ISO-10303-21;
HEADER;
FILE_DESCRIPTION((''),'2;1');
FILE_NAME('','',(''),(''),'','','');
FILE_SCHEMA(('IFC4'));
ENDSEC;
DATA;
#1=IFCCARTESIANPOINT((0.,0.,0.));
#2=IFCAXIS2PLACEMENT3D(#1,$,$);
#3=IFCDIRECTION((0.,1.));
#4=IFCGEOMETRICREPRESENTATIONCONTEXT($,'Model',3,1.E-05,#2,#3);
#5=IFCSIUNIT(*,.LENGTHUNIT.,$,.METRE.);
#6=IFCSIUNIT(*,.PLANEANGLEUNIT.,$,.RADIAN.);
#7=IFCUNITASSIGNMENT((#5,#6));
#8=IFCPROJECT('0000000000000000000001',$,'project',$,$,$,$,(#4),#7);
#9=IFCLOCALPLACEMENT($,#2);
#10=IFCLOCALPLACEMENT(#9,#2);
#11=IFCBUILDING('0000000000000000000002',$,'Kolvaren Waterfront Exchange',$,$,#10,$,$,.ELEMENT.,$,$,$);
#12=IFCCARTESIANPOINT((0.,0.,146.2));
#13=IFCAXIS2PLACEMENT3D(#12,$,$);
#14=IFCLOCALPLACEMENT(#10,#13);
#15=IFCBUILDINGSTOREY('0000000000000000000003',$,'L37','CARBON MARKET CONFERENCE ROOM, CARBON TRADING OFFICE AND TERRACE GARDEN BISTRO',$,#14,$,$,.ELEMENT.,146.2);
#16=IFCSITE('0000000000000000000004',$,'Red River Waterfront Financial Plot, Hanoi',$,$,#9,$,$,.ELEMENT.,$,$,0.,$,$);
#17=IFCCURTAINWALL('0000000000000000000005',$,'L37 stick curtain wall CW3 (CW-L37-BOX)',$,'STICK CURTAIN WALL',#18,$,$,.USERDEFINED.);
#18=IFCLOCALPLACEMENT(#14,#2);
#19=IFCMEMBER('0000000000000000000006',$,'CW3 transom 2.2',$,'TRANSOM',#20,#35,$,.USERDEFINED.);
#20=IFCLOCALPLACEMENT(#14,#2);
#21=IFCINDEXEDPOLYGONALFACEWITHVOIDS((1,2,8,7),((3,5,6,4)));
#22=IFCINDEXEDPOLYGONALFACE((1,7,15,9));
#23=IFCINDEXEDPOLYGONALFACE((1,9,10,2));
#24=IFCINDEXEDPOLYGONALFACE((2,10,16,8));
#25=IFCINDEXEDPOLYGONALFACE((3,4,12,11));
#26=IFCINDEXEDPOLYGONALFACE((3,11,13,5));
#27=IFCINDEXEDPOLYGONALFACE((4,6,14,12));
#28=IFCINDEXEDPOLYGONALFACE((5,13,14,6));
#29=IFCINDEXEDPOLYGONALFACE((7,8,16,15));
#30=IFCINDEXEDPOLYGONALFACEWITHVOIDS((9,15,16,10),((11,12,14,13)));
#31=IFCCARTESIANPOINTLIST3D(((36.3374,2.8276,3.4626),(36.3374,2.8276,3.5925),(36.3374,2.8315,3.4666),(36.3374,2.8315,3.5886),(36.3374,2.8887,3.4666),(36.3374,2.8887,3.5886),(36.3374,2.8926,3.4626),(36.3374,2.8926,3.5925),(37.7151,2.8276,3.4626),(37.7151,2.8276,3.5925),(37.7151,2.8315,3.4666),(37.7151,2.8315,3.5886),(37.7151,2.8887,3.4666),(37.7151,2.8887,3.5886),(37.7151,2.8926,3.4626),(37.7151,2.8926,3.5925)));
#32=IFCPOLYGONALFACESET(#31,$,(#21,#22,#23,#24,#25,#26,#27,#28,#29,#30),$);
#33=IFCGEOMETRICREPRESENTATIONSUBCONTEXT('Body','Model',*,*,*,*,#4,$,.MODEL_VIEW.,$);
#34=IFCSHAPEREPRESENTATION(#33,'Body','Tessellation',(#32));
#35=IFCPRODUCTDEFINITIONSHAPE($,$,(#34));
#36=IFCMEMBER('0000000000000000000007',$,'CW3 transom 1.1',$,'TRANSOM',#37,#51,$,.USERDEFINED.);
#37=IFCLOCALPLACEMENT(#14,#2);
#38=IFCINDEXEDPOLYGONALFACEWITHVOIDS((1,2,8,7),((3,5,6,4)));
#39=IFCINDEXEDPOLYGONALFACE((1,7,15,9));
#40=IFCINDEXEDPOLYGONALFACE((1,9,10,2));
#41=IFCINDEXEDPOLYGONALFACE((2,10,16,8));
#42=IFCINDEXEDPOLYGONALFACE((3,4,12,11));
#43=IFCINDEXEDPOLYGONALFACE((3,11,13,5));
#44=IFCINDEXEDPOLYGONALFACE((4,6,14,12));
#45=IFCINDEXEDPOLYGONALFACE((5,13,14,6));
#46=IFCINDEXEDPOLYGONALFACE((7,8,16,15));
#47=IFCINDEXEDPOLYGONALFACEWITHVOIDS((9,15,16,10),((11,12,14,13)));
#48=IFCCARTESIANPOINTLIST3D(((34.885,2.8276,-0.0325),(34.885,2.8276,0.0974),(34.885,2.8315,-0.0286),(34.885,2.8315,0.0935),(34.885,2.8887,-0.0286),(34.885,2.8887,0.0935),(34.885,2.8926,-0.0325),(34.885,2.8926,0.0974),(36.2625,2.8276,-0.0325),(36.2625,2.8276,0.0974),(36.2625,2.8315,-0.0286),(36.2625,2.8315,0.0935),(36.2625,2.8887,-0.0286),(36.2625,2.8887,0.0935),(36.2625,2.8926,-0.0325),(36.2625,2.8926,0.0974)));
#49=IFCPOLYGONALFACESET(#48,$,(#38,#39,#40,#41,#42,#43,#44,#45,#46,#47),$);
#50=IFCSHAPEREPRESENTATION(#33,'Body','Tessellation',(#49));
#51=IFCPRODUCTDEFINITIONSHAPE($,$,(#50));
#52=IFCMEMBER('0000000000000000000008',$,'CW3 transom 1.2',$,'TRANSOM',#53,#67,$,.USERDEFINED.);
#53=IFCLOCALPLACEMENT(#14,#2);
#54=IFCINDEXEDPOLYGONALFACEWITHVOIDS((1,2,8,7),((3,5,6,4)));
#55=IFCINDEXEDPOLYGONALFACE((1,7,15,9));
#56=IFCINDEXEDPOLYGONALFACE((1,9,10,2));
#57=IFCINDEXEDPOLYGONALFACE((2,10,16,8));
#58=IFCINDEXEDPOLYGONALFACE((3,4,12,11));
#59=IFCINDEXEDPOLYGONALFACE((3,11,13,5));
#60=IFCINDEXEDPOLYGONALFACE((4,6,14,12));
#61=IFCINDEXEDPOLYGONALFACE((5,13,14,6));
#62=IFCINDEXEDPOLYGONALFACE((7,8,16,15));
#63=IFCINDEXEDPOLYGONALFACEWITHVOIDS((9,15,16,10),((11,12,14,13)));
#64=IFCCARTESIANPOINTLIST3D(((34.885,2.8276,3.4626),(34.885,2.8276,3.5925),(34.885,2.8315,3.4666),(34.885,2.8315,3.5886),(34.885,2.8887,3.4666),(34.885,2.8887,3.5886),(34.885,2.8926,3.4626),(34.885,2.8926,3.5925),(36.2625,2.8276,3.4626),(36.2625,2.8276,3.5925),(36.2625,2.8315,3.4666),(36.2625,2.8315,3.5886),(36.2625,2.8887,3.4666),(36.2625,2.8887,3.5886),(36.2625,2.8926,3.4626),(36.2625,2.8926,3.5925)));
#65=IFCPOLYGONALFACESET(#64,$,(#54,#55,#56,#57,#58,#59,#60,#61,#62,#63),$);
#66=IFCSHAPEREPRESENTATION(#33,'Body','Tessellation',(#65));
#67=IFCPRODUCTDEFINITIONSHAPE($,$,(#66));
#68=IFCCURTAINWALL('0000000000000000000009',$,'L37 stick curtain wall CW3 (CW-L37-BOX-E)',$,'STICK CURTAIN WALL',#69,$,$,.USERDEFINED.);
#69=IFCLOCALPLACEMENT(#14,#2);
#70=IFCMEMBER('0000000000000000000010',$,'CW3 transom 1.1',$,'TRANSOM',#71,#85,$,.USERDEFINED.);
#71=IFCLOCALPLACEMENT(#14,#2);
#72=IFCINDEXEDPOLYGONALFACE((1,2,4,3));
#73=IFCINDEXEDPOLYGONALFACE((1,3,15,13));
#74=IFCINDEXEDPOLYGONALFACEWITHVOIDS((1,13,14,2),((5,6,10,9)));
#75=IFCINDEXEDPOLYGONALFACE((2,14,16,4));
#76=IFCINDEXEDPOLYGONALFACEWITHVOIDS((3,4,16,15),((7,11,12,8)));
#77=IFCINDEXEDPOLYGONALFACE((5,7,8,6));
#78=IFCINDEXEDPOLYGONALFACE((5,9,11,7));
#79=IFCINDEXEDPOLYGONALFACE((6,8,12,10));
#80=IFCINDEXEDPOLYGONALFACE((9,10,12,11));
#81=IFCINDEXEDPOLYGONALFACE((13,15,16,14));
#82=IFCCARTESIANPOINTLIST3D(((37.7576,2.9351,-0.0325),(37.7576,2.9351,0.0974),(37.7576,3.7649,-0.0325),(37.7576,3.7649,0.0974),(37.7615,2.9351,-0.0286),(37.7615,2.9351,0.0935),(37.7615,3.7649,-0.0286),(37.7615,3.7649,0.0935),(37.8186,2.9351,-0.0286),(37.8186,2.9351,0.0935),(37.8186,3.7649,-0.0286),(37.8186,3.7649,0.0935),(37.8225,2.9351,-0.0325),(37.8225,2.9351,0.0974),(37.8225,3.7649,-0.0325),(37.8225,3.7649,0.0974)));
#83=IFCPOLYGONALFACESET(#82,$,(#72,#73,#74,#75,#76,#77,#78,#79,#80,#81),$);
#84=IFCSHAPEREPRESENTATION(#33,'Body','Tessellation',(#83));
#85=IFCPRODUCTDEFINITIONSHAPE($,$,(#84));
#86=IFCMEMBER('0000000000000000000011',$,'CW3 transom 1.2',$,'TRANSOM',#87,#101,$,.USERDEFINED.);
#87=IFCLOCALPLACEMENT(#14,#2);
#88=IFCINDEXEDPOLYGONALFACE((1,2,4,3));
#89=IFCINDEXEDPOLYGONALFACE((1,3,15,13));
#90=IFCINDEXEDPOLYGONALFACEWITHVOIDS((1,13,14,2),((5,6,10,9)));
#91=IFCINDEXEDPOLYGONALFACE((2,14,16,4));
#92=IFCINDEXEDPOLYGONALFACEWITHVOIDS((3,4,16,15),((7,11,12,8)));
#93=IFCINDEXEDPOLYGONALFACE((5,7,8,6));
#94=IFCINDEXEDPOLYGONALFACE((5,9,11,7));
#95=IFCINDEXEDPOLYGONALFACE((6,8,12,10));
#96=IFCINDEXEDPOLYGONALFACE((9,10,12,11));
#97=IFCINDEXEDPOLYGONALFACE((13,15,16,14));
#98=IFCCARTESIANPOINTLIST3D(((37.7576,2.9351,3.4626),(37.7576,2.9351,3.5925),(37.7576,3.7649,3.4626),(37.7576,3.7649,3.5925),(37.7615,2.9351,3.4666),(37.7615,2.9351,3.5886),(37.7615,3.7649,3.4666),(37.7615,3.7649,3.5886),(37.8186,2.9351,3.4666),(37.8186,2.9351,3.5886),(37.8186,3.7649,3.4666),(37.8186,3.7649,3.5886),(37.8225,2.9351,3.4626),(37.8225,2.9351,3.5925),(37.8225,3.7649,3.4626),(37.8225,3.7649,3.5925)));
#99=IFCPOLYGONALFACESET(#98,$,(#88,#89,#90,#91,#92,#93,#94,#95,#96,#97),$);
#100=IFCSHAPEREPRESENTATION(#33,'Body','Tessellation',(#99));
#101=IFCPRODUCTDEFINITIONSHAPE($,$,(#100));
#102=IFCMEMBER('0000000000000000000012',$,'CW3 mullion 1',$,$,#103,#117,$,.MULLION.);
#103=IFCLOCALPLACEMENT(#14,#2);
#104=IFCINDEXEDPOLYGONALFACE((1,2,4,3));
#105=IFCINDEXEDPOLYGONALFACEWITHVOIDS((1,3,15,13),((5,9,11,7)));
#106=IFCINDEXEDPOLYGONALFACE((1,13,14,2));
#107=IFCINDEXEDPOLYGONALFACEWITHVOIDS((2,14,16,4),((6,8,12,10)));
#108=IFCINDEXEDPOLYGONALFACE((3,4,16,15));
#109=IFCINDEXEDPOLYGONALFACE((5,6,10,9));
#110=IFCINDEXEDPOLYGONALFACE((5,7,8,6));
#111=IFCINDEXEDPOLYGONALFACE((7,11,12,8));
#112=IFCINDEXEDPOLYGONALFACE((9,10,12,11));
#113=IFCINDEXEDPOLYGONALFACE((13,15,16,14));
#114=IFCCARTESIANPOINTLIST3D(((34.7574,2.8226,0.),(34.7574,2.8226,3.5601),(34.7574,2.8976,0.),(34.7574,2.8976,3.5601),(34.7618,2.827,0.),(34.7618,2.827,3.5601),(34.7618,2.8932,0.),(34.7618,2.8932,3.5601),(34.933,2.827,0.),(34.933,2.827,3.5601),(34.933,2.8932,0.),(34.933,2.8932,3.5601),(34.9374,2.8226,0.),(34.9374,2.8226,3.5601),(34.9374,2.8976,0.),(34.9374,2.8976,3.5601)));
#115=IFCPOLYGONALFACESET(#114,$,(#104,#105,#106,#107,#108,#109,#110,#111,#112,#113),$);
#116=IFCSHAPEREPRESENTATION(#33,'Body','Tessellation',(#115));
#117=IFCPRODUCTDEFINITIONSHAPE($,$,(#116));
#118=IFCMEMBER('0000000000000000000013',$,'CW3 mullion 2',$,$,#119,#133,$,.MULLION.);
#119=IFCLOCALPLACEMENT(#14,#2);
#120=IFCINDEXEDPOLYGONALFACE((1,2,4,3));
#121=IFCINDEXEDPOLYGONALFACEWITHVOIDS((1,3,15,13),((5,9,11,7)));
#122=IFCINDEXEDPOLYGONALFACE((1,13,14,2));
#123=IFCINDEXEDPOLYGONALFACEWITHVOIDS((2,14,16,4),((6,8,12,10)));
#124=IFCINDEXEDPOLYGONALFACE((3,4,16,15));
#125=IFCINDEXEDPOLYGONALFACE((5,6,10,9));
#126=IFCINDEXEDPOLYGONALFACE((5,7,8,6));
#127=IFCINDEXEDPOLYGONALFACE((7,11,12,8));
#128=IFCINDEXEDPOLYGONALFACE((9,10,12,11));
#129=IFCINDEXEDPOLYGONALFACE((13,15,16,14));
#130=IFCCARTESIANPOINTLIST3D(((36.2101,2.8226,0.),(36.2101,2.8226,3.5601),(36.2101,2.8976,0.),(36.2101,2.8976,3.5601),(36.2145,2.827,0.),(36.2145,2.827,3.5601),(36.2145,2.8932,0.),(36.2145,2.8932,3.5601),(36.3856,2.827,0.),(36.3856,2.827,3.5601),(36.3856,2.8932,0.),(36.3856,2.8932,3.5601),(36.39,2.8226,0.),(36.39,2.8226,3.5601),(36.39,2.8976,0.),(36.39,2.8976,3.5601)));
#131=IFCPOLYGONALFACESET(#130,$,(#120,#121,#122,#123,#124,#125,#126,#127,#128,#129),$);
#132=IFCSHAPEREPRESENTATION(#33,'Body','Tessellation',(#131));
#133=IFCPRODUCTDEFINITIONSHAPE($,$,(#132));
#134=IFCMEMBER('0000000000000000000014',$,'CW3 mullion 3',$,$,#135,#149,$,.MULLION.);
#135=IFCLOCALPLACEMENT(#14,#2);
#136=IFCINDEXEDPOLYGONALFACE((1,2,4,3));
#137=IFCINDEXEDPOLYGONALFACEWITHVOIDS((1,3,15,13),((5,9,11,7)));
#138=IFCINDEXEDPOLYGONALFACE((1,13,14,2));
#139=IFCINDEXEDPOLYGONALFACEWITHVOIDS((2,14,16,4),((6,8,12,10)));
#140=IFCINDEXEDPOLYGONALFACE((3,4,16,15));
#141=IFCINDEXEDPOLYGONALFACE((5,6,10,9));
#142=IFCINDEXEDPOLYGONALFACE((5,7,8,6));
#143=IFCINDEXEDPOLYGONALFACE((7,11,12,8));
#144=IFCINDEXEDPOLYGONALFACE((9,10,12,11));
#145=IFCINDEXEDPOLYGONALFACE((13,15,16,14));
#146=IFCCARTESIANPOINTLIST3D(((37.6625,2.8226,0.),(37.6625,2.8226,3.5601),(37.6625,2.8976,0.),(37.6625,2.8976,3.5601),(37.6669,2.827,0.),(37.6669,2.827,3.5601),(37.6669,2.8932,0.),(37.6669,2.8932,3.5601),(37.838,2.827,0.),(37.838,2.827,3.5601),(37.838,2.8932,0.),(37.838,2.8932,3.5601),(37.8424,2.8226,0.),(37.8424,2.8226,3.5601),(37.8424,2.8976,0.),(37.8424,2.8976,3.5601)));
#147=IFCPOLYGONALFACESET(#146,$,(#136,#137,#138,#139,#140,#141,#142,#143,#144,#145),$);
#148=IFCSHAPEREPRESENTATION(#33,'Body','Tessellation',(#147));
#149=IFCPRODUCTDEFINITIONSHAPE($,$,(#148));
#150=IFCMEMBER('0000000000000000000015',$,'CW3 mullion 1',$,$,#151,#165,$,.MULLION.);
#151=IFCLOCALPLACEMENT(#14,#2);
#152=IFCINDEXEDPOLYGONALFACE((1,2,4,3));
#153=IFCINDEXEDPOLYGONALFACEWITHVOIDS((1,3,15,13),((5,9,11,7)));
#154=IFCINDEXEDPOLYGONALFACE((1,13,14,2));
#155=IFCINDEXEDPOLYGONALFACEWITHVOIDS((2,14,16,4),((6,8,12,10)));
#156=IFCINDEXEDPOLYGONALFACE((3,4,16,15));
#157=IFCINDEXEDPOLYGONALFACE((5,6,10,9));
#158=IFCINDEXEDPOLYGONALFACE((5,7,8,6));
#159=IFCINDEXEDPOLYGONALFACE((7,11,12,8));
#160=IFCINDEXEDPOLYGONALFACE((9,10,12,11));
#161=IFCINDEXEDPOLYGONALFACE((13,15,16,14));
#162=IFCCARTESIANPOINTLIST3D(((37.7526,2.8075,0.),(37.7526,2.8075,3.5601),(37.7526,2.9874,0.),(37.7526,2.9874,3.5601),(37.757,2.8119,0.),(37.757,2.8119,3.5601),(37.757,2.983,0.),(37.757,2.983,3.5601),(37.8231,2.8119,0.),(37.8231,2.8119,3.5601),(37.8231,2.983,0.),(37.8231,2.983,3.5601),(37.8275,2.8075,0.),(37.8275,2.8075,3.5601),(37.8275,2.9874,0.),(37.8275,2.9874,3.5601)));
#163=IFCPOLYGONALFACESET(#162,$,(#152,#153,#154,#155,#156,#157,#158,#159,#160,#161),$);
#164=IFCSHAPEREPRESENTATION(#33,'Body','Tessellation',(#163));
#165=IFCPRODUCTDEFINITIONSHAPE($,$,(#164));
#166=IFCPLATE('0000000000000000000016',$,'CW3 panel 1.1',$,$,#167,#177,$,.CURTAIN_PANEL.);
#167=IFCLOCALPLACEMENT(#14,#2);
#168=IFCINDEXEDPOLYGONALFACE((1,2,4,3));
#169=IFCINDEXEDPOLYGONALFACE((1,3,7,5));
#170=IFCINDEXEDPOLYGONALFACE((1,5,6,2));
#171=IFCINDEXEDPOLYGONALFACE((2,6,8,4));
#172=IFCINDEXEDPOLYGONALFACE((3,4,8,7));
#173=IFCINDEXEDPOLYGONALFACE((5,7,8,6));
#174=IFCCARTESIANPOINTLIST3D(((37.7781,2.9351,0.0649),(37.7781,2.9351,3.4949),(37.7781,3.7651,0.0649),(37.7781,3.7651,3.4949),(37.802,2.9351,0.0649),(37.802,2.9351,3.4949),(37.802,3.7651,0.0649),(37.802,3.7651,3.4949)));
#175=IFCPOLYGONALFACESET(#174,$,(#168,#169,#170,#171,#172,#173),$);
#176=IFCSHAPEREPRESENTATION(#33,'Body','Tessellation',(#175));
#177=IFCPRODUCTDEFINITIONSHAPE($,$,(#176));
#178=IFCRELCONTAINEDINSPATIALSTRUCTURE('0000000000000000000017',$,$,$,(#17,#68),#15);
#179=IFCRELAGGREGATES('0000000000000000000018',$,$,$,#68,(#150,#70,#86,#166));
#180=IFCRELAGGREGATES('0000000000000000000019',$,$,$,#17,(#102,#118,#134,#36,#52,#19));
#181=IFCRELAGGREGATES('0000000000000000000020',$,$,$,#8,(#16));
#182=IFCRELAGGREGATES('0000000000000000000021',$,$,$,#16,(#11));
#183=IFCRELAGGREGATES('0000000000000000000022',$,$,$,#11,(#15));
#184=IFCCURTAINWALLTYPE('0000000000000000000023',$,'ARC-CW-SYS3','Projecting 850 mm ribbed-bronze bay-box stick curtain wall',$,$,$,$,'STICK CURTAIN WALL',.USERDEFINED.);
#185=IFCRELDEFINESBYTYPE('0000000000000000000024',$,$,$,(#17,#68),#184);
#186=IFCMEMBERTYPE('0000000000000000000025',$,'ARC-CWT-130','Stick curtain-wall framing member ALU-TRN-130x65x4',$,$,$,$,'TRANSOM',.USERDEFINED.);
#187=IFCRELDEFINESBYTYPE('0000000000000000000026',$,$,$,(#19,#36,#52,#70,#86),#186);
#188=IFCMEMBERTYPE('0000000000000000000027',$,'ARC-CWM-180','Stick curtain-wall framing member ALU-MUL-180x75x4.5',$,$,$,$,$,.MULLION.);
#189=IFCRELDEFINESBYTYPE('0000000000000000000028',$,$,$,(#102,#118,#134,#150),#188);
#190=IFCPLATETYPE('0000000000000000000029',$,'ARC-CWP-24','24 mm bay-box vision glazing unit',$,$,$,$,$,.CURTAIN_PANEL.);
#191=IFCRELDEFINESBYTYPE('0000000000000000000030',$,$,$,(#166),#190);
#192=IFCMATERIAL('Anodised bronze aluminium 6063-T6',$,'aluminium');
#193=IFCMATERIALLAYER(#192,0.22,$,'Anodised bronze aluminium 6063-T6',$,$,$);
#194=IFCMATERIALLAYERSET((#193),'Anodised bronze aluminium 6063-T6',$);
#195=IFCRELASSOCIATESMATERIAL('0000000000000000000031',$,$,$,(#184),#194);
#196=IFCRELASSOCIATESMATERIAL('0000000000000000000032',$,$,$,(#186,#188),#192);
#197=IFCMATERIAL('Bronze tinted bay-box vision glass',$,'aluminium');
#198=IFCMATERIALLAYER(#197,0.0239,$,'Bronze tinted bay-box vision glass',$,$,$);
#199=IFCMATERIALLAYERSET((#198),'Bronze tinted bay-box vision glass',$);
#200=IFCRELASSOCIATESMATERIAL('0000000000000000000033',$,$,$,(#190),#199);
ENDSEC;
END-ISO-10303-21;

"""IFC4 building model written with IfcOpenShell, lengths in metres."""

from ifc_helpers import new_model, si_unit, direction, frame, origin, origin_with_axes, origin_2d, place, context, subcontext, project, spatial, rectangle, hollow_rectangle, extrude, source, transform, mapped, material, layer, layer_set, material_profile, profile_set, type_object, element, aggregate, save


model = new_model("IFC4")

# Units and contexts
model_context = context("Model", 3, precision=1e-05, world=origin(), true_north=direction((0.0, 1.0)))
body_context = subcontext(model_context, "Body", "Model", "MODEL_VIEW")
ifc_project = project(units=[si_unit("LENGTHUNIT", "METRE"), si_unit("PLANEANGLEUNIT", "RADIAN")], contexts=[model_context])

# Site, building, storey
site_placement = place(None, origin())
site = spatial("IfcSite", under=ifc_project, at=site_placement, Name="Red River Waterfront Financial Plot, Hanoi", CompositionType="ELEMENT", RefElevation=0.0)
building_placement = place(site_placement, origin())
building = spatial("IfcBuilding", under=site, at=building_placement, Name="Kolvaren Waterfront Exchange", CompositionType="ELEMENT")
storey_placement = place(building_placement, frame((0.0, 0.0, 146.2)))
storey = spatial("IfcBuildingStorey", under=building, at=storey_placement, Name="L37", Description="CARBON MARKET CONFERENCE ROOM, CARBON TRADING OFFICE AND TERRACE GARDEN BISTRO", CompositionType="ELEMENT", Elevation=146.2)

# Curtain walls, members
ifc_material_1 = material(Name="Anodised bronze aluminium 6063-T6", Category="aluminium")
ifc_layer_1 = layer(ifc_material_1, 0.22, Name="Anodised bronze aluminium 6063-T6")
ifc_layer_set_1 = layer_set([ifc_layer_1], Name="Anodised bronze aluminium 6063-T6")
curtain_wall_type_1 = type_object("IfcCurtainWallType", Name="ARC-CW-SYS3", Description="Projecting 850 mm ribbed-bronze bay-box stick curtain wall", ElementType="STICK CURTAIN WALL", PredefinedType="USERDEFINED", material=ifc_layer_set_1)
curtain_wall_1_placement = place(storey_placement, origin())
curtain_wall_1 = element("IfcCurtainWall", 1, at=curtain_wall_1_placement, inside=storey, type_object=curtain_wall_type_1, Name="L37 stick curtain wall CW3 (CW-L37-BOX)", ObjectType="STICK CURTAIN WALL", PredefinedType="USERDEFINED")
ifc_material_profile_1 = material_profile(ifc_material_1, hollow_rectangle(XDim=0.0649, YDim=0.1299, WallThickness=0.0039, at=origin_2d()), Name="ALU-TRN-130x65x4")
ifc_profile_set_1 = profile_set([ifc_material_profile_1], Name="Anodised bronze aluminium 6063-T6")
member_type_1 = type_object("IfcMemberType", Name="ARC-CWT-130", Description="Stick curtain-wall framing member ALU-TRN-130x65x4", ElementType="TRANSOM", PredefinedType="USERDEFINED", material=ifc_profile_set_1)
shared_shape_1 = source(origin_with_axes(), body_context, "Body", "SweptSolid", [
    extrude(hollow_rectangle(XDim=0.0649, YDim=0.1299, WallThickness=0.0039, at=origin_2d()), origin(), (0.0, 0.0, 1.0), 1.3777),
])
member_1_placement = place(storey_placement, frame((36.3374, 2.8601, 3.5276), z_axis=(1.0, 0.0, 0.0), x_axis=(0.0, 1.0, 0.0)))
member_1 = element("IfcMember", 2, at=member_1_placement, type_object=member_type_1, Name="CW3 transom 2.2", ObjectType="TRANSOM", PredefinedType="USERDEFINED", context=body_context, shape_type="MappedRepresentation", body=[
    mapped(shared_shape_1, transform((0.0, 0.0, 0.0), x_axis=(1.0, 0.0, 0.0), y_axis=(0.0, 1.0, 0.0), z_axis=(0.0, 0.0, 1.0), scale=1.0)),
])
shared_shape_2 = source(origin_with_axes(), body_context, "Body", "SweptSolid", [
    extrude(hollow_rectangle(XDim=0.0649, YDim=0.1299, WallThickness=0.0039, at=origin_2d()), origin(), (0.0, 0.0, 1.0), 1.3774),
])
member_2_placement = place(storey_placement, frame((34.885, 2.8601, 0.0325), z_axis=(1.0, 0.0, 0.0), x_axis=(0.0, 1.0, 0.0)))
member_2 = element("IfcMember", 3, at=member_2_placement, type_object=member_type_1, Name="CW3 transom 1.1", ObjectType="TRANSOM", PredefinedType="USERDEFINED", context=body_context, shape_type="MappedRepresentation", body=[
    mapped(shared_shape_2, transform((0.0, 0.0, 0.0), x_axis=(1.0, 0.0, 0.0), y_axis=(0.0, 1.0, 0.0), z_axis=(0.0, 0.0, 1.0), scale=1.0)),
])
member_3_placement = place(storey_placement, frame((34.885, 2.8601, 3.5276), z_axis=(1.0, 0.0, 0.0), x_axis=(0.0, 1.0, 0.0)))
member_3 = element("IfcMember", 4, at=member_3_placement, type_object=member_type_1, Name="CW3 transom 1.2", ObjectType="TRANSOM", PredefinedType="USERDEFINED", context=body_context, shape_type="MappedRepresentation", body=[
    mapped(shared_shape_2, transform((0.0, 0.0, 0.0), x_axis=(1.0, 0.0, 0.0), y_axis=(0.0, 1.0, 0.0), z_axis=(0.0, 0.0, 1.0), scale=1.0)),
])
curtain_wall_2_placement = place(storey_placement, origin())
curtain_wall_2 = element("IfcCurtainWall", 5, at=curtain_wall_2_placement, inside=storey, type_object=curtain_wall_type_1, Name="L37 stick curtain wall CW3 (CW-L37-BOX-E)", ObjectType="STICK CURTAIN WALL", PredefinedType="USERDEFINED")
shared_shape_3 = source(origin_with_axes(), body_context, "Body", "SweptSolid", [
    extrude(hollow_rectangle(XDim=0.0649, YDim=0.1299, WallThickness=0.0039, at=origin_2d()), origin(), (0.0, 0.0, 1.0), 0.8298),
])
member_4_placement = place(storey_placement, frame((37.79, 2.9351, 0.0325), z_axis=(0.0, 1.0, 0.0), x_axis=(-1.0, 0.0, 0.0)))
member_4 = element("IfcMember", 6, at=member_4_placement, type_object=member_type_1, Name="CW3 transom 1.1", ObjectType="TRANSOM", PredefinedType="USERDEFINED", context=body_context, shape_type="MappedRepresentation", body=[
    mapped(shared_shape_3, transform((0.0, 0.0, 0.0), x_axis=(1.0, 0.0, 0.0), y_axis=(0.0, 1.0, 0.0), z_axis=(0.0, 0.0, 1.0), scale=1.0)),
])
member_5_placement = place(storey_placement, frame((37.79, 2.9351, 3.5276), z_axis=(0.0, 1.0, 0.0), x_axis=(-1.0, 0.0, 0.0)))
member_5 = element("IfcMember", 7, at=member_5_placement, type_object=member_type_1, Name="CW3 transom 1.2", ObjectType="TRANSOM", PredefinedType="USERDEFINED", context=body_context, shape_type="MappedRepresentation", body=[
    mapped(shared_shape_3, transform((0.0, 0.0, 0.0), x_axis=(1.0, 0.0, 0.0), y_axis=(0.0, 1.0, 0.0), z_axis=(0.0, 0.0, 1.0), scale=1.0)),
])

# Members
ifc_material_profile_2 = material_profile(ifc_material_1, hollow_rectangle(XDim=0.075, YDim=0.1799, WallThickness=0.0044, at=origin_2d()), Name="ALU-MUL-180x75x4.5")
ifc_profile_set_2 = profile_set([ifc_material_profile_2], Name="Anodised bronze aluminium 6063-T6")
member_type_2 = type_object("IfcMemberType", Name="ARC-CWM-180", Description="Stick curtain-wall framing member ALU-MUL-180x75x4.5", PredefinedType="MULLION", material=ifc_profile_set_2)
shared_shape_4 = source(origin_with_axes(), body_context, "Body", "SweptSolid", [
    extrude(hollow_rectangle(XDim=0.075, YDim=0.1799, WallThickness=0.0044, at=origin_2d()), origin(), (0.0, 0.0, 1.0), 3.5601),
])
member_6_placement = place(storey_placement, frame((34.8474, 2.8601, 0.0), z_axis=(0.0, 0.0, 1.0), x_axis=(0.0, 1.0, 0.0)))
member_6 = element("IfcMember", 8, at=member_6_placement, type_object=member_type_2, Name="CW3 mullion 1", PredefinedType="MULLION", context=body_context, shape_type="MappedRepresentation", body=[
    mapped(shared_shape_4, transform((0.0, 0.0, 0.0), x_axis=(1.0, 0.0, 0.0), y_axis=(0.0, 1.0, 0.0), z_axis=(0.0, 0.0, 1.0), scale=1.0)),
])
member_7_placement = place(storey_placement, frame((36.3, 2.8601, 0.0), z_axis=(0.0, 0.0, 1.0), x_axis=(0.0, 1.0, 0.0)))
member_7 = element("IfcMember", 9, at=member_7_placement, type_object=member_type_2, Name="CW3 mullion 2", PredefinedType="MULLION", context=body_context, shape_type="MappedRepresentation", body=[
    mapped(shared_shape_4, transform((0.0, 0.0, 0.0), x_axis=(1.0, 0.0, 0.0), y_axis=(0.0, 1.0, 0.0), z_axis=(0.0, 0.0, 1.0), scale=1.0)),
])
member_8_placement = place(storey_placement, frame((37.7524, 2.8601, 0.0), z_axis=(0.0, 0.0, 1.0), x_axis=(0.0, 1.0, 0.0)))
member_8 = element("IfcMember", 10, at=member_8_placement, type_object=member_type_2, Name="CW3 mullion 3", PredefinedType="MULLION", context=body_context, shape_type="MappedRepresentation", body=[
    mapped(shared_shape_4, transform((0.0, 0.0, 0.0), x_axis=(1.0, 0.0, 0.0), y_axis=(0.0, 1.0, 0.0), z_axis=(0.0, 0.0, 1.0), scale=1.0)),
])
member_9_placement = place(storey_placement, frame((37.79, 2.8975, 0.0), z_axis=(0.0, 0.0, 1.0), x_axis=(-1.0, 0.0, 0.0)))
member_9 = element("IfcMember", 11, at=member_9_placement, type_object=member_type_2, Name="CW3 mullion 1", PredefinedType="MULLION", context=body_context, shape_type="MappedRepresentation", body=[
    mapped(shared_shape_4, transform((0.0, 0.0, 0.0), x_axis=(1.0, 0.0, 0.0), y_axis=(0.0, 1.0, 0.0), z_axis=(0.0, 0.0, 1.0), scale=1.0)),
])

# Plate
ifc_material_2 = material(Name="Bronze tinted bay-box vision glass", Category="aluminium")
ifc_layer_2 = layer(ifc_material_2, 0.0239, Name="Bronze tinted bay-box vision glass")
ifc_layer_set_2 = layer_set([ifc_layer_2], Name="Bronze tinted bay-box vision glass")
plate_type_1 = type_object("IfcPlateType", Name="ARC-CWP-24", Description="24 mm bay-box vision glazing unit", PredefinedType="CURTAIN_PANEL", material=ifc_layer_set_2)
shared_shape_5 = source(origin_with_axes(), body_context, "Body", "SweptSolid", [
    extrude(rectangle(XDim=0.8301, YDim=0.0239, at=origin_2d()), origin(), (0.0, 0.0, 1.0), 3.4299),
])
plate_1_placement = place(storey_placement, frame((37.79, 3.3501, 0.0649), z_axis=(0.0, 0.0, 1.0), x_axis=(0.0, 1.0, 0.0)))
plate_1 = element("IfcPlate", 12, at=plate_1_placement, type_object=plate_type_1, Name="CW3 panel 1.1", PredefinedType="CURTAIN_PANEL", context=body_context, shape_type="MappedRepresentation", body=[
    mapped(shared_shape_5, transform((0.0, 0.0, 0.0), x_axis=(1.0, 0.0, 0.0), y_axis=(0.0, 1.0, 0.0), z_axis=(0.0, 0.0, 1.0), scale=1.0)),
])
aggregate(curtain_wall_2, [member_9, member_4, member_5, plate_1])
aggregate(curtain_wall_1, [member_6, member_7, member_8, member_2, member_3, member_1])

save(model, "model.ifc")
